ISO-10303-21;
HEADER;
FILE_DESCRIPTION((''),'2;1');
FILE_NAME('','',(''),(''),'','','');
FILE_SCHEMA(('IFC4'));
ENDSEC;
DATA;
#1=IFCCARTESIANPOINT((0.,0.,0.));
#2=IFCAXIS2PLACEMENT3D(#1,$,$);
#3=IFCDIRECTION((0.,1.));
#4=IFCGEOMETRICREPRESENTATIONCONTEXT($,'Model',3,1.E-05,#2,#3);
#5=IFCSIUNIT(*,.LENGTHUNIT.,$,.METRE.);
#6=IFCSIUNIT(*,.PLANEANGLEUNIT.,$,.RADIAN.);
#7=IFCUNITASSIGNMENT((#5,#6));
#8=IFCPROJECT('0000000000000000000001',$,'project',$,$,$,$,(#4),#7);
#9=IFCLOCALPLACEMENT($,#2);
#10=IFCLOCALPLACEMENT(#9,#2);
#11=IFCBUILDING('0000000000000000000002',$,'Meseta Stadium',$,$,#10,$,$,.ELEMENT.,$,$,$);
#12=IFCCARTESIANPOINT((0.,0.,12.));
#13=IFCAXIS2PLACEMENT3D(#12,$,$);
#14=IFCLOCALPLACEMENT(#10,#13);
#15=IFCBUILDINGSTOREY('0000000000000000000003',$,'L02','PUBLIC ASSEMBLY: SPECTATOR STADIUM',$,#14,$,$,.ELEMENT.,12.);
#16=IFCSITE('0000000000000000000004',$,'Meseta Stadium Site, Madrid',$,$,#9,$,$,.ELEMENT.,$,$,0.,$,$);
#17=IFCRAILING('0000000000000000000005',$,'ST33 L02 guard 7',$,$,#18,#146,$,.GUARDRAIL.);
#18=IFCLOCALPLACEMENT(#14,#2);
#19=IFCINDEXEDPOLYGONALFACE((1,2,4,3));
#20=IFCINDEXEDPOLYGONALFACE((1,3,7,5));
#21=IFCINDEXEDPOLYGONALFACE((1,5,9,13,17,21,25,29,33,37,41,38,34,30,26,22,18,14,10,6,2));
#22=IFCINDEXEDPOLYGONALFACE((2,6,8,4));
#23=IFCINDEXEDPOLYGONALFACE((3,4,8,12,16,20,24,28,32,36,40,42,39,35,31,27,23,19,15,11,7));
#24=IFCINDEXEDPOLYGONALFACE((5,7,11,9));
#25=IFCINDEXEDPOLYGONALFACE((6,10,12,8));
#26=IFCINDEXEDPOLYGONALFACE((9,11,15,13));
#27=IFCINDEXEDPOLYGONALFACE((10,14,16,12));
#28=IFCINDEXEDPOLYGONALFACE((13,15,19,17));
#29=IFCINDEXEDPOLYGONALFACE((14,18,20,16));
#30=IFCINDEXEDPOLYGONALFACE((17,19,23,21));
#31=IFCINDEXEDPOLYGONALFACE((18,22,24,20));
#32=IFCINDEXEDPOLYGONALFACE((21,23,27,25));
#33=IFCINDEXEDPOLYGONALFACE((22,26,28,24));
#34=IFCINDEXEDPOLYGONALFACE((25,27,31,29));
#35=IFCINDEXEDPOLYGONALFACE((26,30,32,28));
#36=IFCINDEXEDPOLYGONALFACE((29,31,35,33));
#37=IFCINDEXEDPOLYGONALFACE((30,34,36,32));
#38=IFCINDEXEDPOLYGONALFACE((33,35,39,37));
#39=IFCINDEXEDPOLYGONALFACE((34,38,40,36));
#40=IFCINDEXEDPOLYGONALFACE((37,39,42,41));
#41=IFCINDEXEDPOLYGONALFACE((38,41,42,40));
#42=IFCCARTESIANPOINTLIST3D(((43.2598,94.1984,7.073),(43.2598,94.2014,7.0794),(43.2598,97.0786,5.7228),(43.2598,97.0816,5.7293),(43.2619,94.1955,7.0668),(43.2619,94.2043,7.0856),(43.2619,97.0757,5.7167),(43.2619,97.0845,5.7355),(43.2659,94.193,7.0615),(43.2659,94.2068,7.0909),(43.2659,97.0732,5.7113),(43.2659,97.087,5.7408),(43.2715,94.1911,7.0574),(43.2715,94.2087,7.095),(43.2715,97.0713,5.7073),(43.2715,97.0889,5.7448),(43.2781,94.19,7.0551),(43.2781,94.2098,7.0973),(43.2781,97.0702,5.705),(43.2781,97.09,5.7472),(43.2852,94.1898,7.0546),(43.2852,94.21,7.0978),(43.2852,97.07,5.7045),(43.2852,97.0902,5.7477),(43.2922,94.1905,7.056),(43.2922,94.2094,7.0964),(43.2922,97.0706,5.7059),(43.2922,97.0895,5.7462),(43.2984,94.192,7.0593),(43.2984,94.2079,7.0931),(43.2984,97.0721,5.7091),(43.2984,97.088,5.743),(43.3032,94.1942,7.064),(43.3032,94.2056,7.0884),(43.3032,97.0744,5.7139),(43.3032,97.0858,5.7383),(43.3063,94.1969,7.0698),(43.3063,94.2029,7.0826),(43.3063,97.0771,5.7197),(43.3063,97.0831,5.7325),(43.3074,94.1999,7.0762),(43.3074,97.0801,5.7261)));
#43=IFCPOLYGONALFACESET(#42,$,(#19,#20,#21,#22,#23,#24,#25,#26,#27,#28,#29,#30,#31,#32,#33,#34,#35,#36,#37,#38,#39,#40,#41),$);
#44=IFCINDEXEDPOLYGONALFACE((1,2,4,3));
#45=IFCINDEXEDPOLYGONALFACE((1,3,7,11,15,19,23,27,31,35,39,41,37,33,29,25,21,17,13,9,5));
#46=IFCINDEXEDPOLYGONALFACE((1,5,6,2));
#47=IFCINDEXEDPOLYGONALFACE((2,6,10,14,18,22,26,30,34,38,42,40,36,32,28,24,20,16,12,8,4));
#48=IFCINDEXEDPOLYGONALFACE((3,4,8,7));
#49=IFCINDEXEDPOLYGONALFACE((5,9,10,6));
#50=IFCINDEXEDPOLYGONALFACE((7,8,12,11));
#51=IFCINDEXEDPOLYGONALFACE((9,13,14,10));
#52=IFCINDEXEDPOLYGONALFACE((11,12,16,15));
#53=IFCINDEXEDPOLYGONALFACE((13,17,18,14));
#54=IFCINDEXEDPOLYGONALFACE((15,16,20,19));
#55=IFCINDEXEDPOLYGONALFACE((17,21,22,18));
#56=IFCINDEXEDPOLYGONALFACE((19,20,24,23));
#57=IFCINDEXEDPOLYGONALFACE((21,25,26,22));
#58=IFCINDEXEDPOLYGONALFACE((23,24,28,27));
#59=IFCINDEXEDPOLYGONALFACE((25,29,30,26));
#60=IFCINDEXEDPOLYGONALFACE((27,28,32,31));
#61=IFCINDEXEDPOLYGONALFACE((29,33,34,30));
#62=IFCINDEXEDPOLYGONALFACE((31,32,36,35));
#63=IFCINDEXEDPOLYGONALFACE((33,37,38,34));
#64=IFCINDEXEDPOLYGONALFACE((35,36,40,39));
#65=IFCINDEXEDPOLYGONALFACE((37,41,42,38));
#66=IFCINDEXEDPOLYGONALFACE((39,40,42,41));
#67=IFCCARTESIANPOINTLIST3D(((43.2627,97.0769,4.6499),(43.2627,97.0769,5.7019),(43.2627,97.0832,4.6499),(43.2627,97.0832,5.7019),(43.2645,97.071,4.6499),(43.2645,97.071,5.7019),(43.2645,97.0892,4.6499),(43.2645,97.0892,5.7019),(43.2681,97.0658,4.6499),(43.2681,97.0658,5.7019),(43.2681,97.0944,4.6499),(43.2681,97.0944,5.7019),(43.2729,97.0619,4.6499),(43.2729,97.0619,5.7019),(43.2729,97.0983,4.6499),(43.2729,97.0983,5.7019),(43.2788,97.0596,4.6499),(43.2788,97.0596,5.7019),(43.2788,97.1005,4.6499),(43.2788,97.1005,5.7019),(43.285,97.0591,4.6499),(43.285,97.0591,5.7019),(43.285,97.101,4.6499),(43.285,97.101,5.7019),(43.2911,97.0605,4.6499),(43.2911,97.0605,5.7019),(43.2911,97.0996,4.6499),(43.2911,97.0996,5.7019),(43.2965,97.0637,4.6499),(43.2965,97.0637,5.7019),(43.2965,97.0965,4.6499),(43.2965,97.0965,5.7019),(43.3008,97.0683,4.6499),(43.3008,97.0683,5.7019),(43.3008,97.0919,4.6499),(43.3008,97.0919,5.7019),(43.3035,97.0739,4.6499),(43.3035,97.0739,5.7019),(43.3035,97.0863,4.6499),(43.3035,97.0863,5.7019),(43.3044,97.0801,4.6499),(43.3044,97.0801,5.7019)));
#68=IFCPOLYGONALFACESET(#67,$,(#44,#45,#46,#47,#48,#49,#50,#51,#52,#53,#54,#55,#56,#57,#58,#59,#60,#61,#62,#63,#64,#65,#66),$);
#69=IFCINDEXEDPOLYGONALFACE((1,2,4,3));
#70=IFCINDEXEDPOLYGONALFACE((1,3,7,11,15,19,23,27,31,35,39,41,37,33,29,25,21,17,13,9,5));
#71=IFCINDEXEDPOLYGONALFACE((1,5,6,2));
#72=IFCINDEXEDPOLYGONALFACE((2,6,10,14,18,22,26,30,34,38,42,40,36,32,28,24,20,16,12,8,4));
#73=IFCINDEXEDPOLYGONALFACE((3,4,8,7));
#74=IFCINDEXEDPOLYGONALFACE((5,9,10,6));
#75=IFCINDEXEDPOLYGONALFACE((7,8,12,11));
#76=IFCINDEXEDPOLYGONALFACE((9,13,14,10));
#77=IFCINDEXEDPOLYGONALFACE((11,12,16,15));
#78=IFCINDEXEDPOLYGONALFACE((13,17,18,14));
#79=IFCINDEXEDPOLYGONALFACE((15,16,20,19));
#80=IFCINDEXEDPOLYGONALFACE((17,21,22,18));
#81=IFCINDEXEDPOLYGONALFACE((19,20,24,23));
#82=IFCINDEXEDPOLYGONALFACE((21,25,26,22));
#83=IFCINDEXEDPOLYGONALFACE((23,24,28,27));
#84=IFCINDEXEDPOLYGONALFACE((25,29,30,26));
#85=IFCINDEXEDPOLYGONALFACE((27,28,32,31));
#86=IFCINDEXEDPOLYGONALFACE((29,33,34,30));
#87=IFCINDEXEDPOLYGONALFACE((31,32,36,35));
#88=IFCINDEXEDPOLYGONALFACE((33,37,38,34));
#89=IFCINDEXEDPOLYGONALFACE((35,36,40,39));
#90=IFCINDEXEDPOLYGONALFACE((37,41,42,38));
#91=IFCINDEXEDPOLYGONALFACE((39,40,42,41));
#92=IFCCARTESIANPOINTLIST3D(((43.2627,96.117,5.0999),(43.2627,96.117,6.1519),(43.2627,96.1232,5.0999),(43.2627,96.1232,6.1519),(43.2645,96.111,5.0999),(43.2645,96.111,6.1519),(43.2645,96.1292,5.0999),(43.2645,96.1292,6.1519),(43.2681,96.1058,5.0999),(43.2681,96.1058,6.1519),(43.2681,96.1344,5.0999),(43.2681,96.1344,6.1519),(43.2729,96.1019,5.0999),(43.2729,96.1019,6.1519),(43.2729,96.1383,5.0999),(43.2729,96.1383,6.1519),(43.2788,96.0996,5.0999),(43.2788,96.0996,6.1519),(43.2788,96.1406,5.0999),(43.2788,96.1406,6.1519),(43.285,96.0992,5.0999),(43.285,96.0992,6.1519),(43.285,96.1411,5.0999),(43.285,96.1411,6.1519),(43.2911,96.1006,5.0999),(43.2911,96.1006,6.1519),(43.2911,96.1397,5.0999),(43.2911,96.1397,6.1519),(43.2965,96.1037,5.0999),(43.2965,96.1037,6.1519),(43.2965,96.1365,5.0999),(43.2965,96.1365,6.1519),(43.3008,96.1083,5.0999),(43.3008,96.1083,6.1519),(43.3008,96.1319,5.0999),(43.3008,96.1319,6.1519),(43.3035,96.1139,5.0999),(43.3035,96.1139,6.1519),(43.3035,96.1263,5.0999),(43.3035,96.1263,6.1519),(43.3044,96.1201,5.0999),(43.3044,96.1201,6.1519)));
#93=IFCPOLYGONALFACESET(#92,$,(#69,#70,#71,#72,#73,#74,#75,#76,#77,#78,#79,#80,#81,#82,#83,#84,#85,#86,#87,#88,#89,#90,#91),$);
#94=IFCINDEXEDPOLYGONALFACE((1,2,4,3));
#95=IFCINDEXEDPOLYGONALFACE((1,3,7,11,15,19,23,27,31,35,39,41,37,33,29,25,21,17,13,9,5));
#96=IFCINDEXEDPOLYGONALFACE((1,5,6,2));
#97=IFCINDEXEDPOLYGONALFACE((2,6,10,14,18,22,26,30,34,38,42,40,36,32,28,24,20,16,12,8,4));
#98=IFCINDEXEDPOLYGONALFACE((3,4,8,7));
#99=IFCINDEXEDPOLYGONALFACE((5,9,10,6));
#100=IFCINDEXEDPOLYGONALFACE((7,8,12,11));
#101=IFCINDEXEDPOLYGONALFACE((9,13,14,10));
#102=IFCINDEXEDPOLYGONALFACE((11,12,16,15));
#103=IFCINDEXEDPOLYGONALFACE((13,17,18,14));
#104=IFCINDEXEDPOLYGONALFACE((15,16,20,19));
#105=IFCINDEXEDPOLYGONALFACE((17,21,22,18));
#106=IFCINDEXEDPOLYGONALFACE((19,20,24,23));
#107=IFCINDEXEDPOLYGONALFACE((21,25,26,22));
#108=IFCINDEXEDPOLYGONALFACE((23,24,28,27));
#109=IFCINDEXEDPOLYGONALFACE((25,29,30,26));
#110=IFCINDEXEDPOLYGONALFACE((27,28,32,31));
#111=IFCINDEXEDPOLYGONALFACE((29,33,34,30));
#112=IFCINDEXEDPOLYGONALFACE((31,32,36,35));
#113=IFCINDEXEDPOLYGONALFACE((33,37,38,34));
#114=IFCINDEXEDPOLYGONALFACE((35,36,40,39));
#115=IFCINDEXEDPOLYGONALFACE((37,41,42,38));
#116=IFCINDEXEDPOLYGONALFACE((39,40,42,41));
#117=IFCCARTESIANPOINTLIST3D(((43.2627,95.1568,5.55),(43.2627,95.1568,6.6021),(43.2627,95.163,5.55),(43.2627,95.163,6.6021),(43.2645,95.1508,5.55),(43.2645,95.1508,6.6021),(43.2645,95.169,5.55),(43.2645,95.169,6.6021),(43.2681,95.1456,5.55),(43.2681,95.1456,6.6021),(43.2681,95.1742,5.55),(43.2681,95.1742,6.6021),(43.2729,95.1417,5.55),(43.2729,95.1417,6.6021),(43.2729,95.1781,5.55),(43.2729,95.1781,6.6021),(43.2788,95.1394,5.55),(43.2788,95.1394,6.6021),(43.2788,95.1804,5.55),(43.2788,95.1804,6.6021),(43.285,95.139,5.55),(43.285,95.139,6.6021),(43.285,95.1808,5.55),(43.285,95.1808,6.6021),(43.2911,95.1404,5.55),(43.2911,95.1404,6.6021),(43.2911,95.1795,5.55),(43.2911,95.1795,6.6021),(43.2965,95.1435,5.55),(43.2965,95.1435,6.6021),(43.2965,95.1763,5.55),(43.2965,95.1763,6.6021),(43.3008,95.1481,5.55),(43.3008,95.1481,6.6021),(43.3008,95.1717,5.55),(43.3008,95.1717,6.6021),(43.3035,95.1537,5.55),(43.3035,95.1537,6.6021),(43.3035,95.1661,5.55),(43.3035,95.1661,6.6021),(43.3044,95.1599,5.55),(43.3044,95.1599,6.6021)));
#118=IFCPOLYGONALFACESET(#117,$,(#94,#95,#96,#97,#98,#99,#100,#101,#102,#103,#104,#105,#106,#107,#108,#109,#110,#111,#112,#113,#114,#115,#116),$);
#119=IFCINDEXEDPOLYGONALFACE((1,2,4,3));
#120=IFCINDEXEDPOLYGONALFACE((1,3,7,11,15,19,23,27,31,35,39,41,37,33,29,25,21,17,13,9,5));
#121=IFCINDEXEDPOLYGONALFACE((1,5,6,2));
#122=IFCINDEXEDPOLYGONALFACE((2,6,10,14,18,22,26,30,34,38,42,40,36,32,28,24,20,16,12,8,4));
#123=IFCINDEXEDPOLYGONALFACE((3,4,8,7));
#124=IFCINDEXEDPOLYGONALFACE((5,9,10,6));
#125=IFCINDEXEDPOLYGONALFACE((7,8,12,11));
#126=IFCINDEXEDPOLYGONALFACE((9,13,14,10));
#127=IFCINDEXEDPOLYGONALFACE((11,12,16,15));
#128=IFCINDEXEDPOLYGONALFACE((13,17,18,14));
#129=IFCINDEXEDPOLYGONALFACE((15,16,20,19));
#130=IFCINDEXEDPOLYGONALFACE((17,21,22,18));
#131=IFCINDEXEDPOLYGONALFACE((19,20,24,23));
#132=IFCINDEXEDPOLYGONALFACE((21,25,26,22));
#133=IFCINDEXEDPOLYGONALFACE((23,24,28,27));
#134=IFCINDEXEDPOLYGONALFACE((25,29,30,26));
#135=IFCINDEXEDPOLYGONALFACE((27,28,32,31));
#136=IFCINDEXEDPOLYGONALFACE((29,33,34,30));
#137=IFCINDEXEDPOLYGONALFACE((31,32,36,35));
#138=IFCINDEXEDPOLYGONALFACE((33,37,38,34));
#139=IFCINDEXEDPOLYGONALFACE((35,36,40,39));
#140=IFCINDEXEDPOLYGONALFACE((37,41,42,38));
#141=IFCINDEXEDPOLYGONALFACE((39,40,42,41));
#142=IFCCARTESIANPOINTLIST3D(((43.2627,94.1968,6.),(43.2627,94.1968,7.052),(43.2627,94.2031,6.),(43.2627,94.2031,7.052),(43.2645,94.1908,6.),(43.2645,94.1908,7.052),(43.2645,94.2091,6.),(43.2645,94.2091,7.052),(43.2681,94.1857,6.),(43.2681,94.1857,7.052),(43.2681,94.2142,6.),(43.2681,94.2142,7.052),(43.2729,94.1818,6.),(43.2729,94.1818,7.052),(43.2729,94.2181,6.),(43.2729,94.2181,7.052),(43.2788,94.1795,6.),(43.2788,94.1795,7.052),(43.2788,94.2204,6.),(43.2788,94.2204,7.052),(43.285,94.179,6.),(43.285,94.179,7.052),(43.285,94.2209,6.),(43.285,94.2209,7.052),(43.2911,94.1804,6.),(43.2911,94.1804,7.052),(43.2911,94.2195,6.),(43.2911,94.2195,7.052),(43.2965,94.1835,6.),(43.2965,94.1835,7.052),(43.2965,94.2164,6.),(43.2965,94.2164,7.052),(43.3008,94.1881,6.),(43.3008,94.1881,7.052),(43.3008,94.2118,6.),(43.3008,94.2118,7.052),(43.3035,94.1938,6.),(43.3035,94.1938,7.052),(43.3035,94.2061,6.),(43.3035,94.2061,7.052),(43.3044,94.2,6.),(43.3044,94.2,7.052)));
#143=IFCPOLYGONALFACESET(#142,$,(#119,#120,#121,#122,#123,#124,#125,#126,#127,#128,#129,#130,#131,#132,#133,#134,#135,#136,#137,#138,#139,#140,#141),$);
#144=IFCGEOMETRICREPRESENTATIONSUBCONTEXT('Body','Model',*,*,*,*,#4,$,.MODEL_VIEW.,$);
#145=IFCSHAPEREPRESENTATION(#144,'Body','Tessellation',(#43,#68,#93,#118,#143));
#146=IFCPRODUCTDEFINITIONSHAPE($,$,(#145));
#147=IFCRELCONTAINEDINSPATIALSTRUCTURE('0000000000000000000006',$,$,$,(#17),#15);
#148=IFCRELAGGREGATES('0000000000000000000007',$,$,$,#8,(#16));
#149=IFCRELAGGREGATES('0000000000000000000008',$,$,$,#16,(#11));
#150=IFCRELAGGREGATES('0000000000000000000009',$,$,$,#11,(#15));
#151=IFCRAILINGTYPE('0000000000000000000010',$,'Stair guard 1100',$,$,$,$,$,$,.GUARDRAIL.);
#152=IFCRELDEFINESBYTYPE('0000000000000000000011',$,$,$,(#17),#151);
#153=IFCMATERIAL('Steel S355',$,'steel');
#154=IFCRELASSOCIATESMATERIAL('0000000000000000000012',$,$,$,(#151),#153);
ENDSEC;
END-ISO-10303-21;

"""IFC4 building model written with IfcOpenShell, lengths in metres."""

from ifc_helpers import new_model, si_unit, direction, frame, origin, origin_2d, place, context, subcontext, project, spatial, circle, extrude, material, type_object, element, save


model = new_model("IFC4")

# Units and contexts
model_context = context("Model", 3, precision=1e-05, world=origin(), true_north=direction((0.0, 1.0)))
body_context = subcontext(model_context, "Body", "Model", "MODEL_VIEW")
ifc_project = project(units=[si_unit("LENGTHUNIT", "METRE"), si_unit("PLANEANGLEUNIT", "RADIAN")], contexts=[model_context])

# Site, building, storey
site_placement = place(None, origin())
site = spatial("IfcSite", under=ifc_project, at=site_placement, Name="Meseta Stadium Site, Madrid", CompositionType="ELEMENT", RefElevation=0.0)
building_placement = place(site_placement, origin())
building = spatial("IfcBuilding", under=site, at=building_placement, Name="Meseta Stadium", CompositionType="ELEMENT")
storey_placement = place(building_placement, frame((0.0, 0.0, 12.0)))
storey = spatial("IfcBuildingStorey", under=building, at=storey_placement, Name="L02", Description="PUBLIC ASSEMBLY: SPECTATOR STADIUM", CompositionType="ELEMENT", Elevation=12.0)

# Railing
ifc_material_1 = material(Name="Steel S355", Category="steel")
railing_type_1 = type_object("IfcRailingType", Name="Stair guard 1100", PredefinedType="GUARDRAIL", material=ifc_material_1)
railing_1_placement = place(storey_placement, frame((43.2834, 97.0801, 4.6499)))
element("IfcRailing", 1, at=railing_1_placement, inside=storey, type_object=railing_type_1, Name="ST33 L02 guard 7", PredefinedType="GUARDRAIL", context=body_context, shape_type="SweptSolid", body=[
    extrude(circle(Radius=0.0239, at=origin_2d()), frame((0.0, 0.0, 1.0762), z_axis=(0.0, -0.905454, 0.424444), x_axis=(1.0, 0.0, 0.0)), (0.0, 0.0, 1.0), 3.1809),
    extrude(circle(Radius=0.021, at=origin_2d()), origin(), (0.0, 0.0, 1.0), 1.052),
    extrude(circle(Radius=0.021, at=origin_2d()), frame((0.0, -0.96, 0.45)), (0.0, 0.0, 1.0), 1.052),
    extrude(circle(Radius=0.021, at=origin_2d()), frame((0.0, -1.9202, 0.9001)), (0.0, 0.0, 1.0), 1.052),
    extrude(circle(Radius=0.021, at=origin_2d()), frame((0.0, -2.8801, 1.3501)), (0.0, 0.0, 1.0), 1.052),
])

save(model, "model.ifc")
